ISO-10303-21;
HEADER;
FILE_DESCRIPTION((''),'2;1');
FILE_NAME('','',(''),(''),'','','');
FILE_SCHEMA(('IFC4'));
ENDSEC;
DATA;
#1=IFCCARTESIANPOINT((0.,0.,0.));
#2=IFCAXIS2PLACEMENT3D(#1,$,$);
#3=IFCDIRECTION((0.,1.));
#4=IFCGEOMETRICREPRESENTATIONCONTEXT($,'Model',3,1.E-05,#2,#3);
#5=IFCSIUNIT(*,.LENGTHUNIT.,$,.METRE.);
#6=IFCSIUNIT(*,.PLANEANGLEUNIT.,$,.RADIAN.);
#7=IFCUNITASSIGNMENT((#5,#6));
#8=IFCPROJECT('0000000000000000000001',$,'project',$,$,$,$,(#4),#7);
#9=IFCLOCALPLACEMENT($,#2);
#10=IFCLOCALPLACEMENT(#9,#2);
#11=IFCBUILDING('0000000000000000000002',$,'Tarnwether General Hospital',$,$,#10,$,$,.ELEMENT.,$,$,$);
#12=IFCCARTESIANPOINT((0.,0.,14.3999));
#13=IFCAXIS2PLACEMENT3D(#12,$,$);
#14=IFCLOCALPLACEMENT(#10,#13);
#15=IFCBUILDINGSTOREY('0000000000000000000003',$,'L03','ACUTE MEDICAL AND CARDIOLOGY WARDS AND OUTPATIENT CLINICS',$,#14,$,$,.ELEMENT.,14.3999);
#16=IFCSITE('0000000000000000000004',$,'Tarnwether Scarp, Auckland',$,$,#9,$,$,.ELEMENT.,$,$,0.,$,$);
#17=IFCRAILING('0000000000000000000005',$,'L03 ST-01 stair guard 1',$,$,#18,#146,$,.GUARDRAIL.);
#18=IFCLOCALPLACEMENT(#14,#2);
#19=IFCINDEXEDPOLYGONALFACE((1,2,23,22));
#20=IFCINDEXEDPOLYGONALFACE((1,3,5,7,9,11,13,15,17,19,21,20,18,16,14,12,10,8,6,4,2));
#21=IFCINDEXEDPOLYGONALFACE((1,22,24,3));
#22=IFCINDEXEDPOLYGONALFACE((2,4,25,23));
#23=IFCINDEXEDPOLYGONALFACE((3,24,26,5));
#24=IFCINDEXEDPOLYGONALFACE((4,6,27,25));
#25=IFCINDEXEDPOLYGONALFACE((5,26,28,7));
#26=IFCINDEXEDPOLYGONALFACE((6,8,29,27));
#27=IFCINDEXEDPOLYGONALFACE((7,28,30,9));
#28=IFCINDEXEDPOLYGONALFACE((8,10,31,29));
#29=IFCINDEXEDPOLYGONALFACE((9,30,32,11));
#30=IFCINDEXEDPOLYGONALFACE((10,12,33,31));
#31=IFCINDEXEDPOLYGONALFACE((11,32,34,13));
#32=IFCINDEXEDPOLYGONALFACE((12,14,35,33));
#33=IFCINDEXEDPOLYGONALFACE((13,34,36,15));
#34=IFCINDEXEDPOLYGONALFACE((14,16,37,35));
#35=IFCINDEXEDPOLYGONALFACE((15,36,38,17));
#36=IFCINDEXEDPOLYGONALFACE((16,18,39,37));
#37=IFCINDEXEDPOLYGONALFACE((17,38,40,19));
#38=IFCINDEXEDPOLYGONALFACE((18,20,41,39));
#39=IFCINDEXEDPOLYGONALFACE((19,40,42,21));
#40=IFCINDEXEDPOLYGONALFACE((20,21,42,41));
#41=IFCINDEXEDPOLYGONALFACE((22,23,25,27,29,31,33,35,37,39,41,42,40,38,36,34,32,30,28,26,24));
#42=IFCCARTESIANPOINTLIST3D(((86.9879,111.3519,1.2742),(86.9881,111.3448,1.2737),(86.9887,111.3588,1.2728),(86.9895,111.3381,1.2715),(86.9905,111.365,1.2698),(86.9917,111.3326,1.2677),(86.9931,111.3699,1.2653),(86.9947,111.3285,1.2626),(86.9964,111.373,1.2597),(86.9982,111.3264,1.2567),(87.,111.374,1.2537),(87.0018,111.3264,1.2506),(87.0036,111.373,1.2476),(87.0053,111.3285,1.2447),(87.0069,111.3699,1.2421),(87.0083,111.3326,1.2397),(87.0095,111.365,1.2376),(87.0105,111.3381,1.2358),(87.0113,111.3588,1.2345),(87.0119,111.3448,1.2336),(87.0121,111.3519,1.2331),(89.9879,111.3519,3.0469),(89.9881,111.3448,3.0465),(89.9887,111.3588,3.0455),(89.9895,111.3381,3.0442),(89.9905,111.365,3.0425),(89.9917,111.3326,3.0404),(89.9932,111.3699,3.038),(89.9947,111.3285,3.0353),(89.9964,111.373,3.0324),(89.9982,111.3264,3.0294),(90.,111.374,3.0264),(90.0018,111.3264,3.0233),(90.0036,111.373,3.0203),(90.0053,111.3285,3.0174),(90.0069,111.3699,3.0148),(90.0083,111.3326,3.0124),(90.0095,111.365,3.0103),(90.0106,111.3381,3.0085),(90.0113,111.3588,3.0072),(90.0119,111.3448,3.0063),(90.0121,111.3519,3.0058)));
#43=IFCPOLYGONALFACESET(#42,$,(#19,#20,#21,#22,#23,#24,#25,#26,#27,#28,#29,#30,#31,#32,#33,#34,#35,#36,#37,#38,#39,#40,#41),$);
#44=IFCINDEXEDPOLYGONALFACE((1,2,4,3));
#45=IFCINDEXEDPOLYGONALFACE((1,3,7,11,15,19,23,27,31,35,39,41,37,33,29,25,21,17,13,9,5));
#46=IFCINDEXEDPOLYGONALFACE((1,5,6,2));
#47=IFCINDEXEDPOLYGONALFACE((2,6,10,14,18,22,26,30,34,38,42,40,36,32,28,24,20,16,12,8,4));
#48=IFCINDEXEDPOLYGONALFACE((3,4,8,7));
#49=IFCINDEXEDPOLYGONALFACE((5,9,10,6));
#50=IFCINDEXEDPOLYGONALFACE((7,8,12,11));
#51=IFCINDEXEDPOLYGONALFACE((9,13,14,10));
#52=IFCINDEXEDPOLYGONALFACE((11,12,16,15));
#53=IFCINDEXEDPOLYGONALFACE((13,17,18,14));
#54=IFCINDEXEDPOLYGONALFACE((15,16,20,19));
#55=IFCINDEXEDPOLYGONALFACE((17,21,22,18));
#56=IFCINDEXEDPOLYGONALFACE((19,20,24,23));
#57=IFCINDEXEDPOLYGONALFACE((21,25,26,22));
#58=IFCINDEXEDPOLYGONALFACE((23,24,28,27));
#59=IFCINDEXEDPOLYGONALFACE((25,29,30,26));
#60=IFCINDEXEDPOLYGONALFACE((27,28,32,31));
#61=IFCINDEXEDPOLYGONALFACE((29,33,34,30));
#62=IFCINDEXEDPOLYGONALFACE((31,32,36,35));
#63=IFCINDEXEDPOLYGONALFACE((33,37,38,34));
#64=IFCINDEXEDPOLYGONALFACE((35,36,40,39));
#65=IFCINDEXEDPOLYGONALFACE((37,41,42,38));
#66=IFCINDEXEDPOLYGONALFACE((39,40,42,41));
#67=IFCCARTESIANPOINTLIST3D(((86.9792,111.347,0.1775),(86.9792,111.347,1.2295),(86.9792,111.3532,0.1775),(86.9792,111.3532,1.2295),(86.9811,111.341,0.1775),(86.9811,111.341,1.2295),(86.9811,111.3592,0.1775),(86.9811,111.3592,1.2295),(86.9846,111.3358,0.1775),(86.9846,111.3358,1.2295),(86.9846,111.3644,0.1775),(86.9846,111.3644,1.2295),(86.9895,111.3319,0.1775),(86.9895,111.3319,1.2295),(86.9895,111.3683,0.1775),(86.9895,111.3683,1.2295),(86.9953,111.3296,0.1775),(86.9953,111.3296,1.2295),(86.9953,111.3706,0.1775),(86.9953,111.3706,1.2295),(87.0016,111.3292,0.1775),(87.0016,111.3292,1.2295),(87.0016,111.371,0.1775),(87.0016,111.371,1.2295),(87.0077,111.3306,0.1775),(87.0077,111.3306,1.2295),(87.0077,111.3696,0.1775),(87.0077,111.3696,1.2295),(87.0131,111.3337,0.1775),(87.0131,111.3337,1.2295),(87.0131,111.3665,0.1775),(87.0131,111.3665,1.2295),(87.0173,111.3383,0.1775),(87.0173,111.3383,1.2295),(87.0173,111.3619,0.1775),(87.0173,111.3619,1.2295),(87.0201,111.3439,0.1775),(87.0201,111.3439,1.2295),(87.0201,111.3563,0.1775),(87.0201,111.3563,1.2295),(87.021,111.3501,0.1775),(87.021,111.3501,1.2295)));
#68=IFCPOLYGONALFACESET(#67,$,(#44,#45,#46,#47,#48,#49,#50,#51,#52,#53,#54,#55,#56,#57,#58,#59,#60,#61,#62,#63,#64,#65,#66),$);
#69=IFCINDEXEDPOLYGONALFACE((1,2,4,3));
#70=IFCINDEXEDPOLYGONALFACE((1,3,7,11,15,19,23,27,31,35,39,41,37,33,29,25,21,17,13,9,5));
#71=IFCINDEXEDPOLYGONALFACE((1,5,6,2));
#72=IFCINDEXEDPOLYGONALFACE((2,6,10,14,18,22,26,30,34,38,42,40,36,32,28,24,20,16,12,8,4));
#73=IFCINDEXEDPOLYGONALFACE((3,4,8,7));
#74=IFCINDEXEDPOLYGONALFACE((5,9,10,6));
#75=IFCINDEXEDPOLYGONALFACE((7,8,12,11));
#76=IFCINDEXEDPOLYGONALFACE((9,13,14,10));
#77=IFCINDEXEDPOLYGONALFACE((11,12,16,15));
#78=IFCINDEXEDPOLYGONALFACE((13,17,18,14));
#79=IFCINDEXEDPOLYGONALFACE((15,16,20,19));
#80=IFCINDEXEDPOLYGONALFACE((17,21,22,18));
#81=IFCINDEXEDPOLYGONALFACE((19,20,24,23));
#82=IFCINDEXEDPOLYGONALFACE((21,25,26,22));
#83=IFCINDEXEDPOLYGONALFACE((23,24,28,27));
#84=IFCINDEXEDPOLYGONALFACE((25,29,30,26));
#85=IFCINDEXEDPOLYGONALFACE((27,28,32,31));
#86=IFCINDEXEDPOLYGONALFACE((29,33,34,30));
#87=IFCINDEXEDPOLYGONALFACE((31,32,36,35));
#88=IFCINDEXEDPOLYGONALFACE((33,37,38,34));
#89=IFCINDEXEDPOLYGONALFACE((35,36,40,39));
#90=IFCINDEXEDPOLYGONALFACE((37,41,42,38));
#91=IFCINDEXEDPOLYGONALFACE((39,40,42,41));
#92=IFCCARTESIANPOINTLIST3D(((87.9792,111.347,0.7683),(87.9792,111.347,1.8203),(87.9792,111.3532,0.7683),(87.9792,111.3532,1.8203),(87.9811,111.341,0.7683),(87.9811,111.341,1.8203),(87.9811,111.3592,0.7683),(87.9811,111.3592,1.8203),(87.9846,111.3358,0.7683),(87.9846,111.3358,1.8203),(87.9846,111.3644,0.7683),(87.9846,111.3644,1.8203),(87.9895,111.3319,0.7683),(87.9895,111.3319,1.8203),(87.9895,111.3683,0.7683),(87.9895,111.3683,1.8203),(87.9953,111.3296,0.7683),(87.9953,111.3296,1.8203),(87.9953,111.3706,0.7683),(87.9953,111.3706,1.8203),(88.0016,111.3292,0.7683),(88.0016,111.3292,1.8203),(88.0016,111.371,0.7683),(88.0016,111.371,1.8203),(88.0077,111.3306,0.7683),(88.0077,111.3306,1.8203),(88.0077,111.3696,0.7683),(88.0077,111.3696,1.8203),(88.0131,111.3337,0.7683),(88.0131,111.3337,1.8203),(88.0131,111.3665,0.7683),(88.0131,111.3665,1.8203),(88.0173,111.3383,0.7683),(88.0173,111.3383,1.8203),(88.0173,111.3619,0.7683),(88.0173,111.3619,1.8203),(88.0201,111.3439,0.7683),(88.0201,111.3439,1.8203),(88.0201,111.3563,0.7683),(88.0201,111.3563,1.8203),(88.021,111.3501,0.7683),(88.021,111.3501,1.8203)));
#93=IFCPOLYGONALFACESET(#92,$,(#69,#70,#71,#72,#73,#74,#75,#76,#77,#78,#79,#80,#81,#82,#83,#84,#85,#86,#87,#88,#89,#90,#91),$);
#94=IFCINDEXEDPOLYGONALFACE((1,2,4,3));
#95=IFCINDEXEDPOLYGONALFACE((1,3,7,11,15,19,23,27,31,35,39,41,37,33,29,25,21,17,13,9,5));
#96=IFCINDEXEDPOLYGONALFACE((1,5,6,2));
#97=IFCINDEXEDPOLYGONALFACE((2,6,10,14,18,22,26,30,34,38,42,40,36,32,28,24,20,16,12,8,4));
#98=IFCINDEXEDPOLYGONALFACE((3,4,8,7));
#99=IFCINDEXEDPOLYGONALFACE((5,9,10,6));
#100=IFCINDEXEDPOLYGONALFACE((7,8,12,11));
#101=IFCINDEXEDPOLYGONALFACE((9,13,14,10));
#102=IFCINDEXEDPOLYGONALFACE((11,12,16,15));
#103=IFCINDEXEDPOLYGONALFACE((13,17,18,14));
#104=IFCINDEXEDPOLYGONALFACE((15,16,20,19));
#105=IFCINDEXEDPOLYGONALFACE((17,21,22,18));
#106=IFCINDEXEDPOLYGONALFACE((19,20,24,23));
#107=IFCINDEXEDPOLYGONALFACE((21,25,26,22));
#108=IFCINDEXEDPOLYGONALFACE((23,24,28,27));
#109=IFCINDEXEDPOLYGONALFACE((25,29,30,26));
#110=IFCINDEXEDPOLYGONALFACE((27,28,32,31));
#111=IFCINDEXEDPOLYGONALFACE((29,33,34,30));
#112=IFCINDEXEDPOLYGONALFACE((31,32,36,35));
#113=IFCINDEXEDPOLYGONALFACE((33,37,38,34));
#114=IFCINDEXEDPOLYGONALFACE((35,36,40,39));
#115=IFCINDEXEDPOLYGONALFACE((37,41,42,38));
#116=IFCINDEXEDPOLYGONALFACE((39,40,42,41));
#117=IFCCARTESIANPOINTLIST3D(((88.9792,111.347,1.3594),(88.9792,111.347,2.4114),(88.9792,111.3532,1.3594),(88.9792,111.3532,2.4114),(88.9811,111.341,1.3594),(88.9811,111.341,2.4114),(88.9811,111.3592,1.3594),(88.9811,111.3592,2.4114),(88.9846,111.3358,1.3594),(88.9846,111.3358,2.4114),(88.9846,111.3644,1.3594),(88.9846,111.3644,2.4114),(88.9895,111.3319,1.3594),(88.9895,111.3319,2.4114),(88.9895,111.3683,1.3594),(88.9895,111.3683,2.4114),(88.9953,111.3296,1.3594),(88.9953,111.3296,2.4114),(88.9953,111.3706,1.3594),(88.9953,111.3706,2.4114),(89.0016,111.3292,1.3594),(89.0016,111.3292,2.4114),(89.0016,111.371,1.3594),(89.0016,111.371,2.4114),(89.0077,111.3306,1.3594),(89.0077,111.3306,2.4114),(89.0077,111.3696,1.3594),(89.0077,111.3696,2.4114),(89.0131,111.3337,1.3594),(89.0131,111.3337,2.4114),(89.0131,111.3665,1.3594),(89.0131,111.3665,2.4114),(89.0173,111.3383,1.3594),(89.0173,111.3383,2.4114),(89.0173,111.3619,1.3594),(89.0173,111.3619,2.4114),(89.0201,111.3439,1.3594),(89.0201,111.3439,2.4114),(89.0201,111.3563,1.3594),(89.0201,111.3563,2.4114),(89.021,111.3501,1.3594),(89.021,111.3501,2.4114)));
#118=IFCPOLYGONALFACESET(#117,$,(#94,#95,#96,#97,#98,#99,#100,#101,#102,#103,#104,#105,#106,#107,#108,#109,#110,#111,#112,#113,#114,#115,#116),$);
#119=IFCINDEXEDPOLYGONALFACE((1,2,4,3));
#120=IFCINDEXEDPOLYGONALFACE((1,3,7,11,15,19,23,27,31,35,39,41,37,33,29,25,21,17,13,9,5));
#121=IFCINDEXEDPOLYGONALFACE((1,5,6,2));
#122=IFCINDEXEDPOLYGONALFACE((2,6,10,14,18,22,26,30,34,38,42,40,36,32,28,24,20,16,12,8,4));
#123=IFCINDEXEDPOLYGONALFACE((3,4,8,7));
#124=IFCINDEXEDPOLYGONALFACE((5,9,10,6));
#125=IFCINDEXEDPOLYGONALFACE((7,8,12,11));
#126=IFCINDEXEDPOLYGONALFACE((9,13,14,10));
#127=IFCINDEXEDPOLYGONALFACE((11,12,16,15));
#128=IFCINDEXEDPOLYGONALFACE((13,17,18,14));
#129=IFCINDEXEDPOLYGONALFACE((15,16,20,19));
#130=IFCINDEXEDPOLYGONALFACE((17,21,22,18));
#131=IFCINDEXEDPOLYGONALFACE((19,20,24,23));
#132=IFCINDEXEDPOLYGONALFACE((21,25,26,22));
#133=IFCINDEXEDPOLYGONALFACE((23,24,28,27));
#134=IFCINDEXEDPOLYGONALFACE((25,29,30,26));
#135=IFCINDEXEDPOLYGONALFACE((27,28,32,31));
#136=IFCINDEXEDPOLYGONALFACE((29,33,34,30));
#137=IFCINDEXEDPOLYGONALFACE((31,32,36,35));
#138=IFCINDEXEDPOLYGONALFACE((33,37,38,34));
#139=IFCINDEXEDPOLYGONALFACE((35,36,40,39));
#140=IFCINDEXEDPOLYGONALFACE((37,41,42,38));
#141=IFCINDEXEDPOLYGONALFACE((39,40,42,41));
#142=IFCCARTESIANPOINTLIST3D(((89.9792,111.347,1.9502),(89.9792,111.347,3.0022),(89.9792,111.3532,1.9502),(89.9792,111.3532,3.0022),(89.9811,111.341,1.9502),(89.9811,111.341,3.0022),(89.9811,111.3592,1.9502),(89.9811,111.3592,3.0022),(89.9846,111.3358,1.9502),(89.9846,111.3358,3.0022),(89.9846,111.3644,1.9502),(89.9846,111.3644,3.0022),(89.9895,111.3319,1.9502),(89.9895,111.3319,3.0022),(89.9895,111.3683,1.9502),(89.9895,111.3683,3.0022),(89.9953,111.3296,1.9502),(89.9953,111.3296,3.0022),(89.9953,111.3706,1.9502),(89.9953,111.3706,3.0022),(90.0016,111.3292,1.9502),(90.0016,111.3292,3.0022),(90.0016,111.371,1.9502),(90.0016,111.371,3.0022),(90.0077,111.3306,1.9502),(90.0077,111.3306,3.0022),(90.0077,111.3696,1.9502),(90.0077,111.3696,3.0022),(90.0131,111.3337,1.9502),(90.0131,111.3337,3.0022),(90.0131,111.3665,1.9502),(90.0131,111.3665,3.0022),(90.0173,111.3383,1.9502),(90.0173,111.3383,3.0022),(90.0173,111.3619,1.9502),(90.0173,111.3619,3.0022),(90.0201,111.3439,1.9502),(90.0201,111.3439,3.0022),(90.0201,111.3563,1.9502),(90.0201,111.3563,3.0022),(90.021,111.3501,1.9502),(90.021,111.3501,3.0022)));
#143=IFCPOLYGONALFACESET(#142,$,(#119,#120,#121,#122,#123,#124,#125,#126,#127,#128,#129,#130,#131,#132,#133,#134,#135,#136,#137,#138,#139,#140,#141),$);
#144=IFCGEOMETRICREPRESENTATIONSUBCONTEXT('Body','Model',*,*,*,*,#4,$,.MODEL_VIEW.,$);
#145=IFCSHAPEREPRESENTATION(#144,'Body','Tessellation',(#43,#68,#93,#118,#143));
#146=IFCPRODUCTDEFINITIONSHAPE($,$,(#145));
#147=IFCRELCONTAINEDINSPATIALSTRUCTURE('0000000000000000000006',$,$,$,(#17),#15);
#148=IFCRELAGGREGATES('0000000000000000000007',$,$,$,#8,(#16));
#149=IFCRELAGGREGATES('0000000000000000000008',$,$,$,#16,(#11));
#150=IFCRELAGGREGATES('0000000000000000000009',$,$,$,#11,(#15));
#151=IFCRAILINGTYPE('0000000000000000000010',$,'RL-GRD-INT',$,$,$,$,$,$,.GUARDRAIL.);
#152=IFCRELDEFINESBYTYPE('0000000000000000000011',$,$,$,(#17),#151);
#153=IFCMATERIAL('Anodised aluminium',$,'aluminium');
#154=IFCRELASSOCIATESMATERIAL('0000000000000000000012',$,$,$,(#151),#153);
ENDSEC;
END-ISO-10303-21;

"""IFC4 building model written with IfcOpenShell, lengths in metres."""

from ifc_helpers import new_model, si_unit, direction, frame, origin, origin_2d, place, context, subcontext, project, spatial, circle, extrude, material, type_object, element, save


model = new_model("IFC4")

# Units and contexts
model_context = context("Model", 3, precision=1e-05, world=origin(), true_north=direction((0.0, 1.0)))
body_context = subcontext(model_context, "Body", "Model", "MODEL_VIEW")
ifc_project = project(units=[si_unit("LENGTHUNIT", "METRE"), si_unit("PLANEANGLEUNIT", "RADIAN")], contexts=[model_context])

# Site, building, storey
site_placement = place(None, origin())
site = spatial("IfcSite", under=ifc_project, at=site_placement, Name="Tarnwether Scarp, Auckland", CompositionType="ELEMENT", RefElevation=0.0)
building_placement = place(site_placement, origin())
building = spatial("IfcBuilding", under=site, at=building_placement, Name="Tarnwether General Hospital", CompositionType="ELEMENT")
storey_placement = place(building_placement, frame((0.0, 0.0, 14.3999)))
storey = spatial("IfcBuildingStorey", under=building, at=storey_placement, Name="L03", Description="ACUTE MEDICAL AND CARDIOLOGY WARDS AND OUTPATIENT CLINICS", CompositionType="ELEMENT", Elevation=14.3999)

# Railing
ifc_material_1 = material(Name="Anodised aluminium", Category="aluminium")
railing_type_1 = type_object("IfcRailingType", Name="RL-GRD-INT", PredefinedType="GUARDRAIL", material=ifc_material_1)
railing_1_placement = place(storey_placement, frame((87.0, 111.3501, 0.1775)))
element("IfcRailing", 1, at=railing_1_placement, inside=storey, type_object=railing_type_1, Name="L03 ST-01 stair guard 1", PredefinedType="GUARDRAIL", context=body_context, shape_type="SweptSolid", body=[
    extrude(circle(Radius=0.0239, at=origin_2d()), frame((0.0, 0.0, 1.0762), z_axis=(0.860929, 0.0, 0.508725), x_axis=(0.0, 1.0, 0.0)), (0.0, 0.0, 1.0), 3.4846),
    extrude(circle(Radius=0.021, at=origin_2d()), origin(), (0.0, 0.0, 1.0), 1.052),
    extrude(circle(Radius=0.021, at=origin_2d()), frame((1.0, 0.0, 0.5908)), (0.0, 0.0, 1.0), 1.052),
    extrude(circle(Radius=0.021, at=origin_2d()), frame((2.0, 0.0, 1.1819)), (0.0, 0.0, 1.0), 1.052),
    extrude(circle(Radius=0.021, at=origin_2d()), frame((3.0, 0.0, 1.7727)), (0.0, 0.0, 1.0), 1.052),
])

save(model, "model.ifc")
